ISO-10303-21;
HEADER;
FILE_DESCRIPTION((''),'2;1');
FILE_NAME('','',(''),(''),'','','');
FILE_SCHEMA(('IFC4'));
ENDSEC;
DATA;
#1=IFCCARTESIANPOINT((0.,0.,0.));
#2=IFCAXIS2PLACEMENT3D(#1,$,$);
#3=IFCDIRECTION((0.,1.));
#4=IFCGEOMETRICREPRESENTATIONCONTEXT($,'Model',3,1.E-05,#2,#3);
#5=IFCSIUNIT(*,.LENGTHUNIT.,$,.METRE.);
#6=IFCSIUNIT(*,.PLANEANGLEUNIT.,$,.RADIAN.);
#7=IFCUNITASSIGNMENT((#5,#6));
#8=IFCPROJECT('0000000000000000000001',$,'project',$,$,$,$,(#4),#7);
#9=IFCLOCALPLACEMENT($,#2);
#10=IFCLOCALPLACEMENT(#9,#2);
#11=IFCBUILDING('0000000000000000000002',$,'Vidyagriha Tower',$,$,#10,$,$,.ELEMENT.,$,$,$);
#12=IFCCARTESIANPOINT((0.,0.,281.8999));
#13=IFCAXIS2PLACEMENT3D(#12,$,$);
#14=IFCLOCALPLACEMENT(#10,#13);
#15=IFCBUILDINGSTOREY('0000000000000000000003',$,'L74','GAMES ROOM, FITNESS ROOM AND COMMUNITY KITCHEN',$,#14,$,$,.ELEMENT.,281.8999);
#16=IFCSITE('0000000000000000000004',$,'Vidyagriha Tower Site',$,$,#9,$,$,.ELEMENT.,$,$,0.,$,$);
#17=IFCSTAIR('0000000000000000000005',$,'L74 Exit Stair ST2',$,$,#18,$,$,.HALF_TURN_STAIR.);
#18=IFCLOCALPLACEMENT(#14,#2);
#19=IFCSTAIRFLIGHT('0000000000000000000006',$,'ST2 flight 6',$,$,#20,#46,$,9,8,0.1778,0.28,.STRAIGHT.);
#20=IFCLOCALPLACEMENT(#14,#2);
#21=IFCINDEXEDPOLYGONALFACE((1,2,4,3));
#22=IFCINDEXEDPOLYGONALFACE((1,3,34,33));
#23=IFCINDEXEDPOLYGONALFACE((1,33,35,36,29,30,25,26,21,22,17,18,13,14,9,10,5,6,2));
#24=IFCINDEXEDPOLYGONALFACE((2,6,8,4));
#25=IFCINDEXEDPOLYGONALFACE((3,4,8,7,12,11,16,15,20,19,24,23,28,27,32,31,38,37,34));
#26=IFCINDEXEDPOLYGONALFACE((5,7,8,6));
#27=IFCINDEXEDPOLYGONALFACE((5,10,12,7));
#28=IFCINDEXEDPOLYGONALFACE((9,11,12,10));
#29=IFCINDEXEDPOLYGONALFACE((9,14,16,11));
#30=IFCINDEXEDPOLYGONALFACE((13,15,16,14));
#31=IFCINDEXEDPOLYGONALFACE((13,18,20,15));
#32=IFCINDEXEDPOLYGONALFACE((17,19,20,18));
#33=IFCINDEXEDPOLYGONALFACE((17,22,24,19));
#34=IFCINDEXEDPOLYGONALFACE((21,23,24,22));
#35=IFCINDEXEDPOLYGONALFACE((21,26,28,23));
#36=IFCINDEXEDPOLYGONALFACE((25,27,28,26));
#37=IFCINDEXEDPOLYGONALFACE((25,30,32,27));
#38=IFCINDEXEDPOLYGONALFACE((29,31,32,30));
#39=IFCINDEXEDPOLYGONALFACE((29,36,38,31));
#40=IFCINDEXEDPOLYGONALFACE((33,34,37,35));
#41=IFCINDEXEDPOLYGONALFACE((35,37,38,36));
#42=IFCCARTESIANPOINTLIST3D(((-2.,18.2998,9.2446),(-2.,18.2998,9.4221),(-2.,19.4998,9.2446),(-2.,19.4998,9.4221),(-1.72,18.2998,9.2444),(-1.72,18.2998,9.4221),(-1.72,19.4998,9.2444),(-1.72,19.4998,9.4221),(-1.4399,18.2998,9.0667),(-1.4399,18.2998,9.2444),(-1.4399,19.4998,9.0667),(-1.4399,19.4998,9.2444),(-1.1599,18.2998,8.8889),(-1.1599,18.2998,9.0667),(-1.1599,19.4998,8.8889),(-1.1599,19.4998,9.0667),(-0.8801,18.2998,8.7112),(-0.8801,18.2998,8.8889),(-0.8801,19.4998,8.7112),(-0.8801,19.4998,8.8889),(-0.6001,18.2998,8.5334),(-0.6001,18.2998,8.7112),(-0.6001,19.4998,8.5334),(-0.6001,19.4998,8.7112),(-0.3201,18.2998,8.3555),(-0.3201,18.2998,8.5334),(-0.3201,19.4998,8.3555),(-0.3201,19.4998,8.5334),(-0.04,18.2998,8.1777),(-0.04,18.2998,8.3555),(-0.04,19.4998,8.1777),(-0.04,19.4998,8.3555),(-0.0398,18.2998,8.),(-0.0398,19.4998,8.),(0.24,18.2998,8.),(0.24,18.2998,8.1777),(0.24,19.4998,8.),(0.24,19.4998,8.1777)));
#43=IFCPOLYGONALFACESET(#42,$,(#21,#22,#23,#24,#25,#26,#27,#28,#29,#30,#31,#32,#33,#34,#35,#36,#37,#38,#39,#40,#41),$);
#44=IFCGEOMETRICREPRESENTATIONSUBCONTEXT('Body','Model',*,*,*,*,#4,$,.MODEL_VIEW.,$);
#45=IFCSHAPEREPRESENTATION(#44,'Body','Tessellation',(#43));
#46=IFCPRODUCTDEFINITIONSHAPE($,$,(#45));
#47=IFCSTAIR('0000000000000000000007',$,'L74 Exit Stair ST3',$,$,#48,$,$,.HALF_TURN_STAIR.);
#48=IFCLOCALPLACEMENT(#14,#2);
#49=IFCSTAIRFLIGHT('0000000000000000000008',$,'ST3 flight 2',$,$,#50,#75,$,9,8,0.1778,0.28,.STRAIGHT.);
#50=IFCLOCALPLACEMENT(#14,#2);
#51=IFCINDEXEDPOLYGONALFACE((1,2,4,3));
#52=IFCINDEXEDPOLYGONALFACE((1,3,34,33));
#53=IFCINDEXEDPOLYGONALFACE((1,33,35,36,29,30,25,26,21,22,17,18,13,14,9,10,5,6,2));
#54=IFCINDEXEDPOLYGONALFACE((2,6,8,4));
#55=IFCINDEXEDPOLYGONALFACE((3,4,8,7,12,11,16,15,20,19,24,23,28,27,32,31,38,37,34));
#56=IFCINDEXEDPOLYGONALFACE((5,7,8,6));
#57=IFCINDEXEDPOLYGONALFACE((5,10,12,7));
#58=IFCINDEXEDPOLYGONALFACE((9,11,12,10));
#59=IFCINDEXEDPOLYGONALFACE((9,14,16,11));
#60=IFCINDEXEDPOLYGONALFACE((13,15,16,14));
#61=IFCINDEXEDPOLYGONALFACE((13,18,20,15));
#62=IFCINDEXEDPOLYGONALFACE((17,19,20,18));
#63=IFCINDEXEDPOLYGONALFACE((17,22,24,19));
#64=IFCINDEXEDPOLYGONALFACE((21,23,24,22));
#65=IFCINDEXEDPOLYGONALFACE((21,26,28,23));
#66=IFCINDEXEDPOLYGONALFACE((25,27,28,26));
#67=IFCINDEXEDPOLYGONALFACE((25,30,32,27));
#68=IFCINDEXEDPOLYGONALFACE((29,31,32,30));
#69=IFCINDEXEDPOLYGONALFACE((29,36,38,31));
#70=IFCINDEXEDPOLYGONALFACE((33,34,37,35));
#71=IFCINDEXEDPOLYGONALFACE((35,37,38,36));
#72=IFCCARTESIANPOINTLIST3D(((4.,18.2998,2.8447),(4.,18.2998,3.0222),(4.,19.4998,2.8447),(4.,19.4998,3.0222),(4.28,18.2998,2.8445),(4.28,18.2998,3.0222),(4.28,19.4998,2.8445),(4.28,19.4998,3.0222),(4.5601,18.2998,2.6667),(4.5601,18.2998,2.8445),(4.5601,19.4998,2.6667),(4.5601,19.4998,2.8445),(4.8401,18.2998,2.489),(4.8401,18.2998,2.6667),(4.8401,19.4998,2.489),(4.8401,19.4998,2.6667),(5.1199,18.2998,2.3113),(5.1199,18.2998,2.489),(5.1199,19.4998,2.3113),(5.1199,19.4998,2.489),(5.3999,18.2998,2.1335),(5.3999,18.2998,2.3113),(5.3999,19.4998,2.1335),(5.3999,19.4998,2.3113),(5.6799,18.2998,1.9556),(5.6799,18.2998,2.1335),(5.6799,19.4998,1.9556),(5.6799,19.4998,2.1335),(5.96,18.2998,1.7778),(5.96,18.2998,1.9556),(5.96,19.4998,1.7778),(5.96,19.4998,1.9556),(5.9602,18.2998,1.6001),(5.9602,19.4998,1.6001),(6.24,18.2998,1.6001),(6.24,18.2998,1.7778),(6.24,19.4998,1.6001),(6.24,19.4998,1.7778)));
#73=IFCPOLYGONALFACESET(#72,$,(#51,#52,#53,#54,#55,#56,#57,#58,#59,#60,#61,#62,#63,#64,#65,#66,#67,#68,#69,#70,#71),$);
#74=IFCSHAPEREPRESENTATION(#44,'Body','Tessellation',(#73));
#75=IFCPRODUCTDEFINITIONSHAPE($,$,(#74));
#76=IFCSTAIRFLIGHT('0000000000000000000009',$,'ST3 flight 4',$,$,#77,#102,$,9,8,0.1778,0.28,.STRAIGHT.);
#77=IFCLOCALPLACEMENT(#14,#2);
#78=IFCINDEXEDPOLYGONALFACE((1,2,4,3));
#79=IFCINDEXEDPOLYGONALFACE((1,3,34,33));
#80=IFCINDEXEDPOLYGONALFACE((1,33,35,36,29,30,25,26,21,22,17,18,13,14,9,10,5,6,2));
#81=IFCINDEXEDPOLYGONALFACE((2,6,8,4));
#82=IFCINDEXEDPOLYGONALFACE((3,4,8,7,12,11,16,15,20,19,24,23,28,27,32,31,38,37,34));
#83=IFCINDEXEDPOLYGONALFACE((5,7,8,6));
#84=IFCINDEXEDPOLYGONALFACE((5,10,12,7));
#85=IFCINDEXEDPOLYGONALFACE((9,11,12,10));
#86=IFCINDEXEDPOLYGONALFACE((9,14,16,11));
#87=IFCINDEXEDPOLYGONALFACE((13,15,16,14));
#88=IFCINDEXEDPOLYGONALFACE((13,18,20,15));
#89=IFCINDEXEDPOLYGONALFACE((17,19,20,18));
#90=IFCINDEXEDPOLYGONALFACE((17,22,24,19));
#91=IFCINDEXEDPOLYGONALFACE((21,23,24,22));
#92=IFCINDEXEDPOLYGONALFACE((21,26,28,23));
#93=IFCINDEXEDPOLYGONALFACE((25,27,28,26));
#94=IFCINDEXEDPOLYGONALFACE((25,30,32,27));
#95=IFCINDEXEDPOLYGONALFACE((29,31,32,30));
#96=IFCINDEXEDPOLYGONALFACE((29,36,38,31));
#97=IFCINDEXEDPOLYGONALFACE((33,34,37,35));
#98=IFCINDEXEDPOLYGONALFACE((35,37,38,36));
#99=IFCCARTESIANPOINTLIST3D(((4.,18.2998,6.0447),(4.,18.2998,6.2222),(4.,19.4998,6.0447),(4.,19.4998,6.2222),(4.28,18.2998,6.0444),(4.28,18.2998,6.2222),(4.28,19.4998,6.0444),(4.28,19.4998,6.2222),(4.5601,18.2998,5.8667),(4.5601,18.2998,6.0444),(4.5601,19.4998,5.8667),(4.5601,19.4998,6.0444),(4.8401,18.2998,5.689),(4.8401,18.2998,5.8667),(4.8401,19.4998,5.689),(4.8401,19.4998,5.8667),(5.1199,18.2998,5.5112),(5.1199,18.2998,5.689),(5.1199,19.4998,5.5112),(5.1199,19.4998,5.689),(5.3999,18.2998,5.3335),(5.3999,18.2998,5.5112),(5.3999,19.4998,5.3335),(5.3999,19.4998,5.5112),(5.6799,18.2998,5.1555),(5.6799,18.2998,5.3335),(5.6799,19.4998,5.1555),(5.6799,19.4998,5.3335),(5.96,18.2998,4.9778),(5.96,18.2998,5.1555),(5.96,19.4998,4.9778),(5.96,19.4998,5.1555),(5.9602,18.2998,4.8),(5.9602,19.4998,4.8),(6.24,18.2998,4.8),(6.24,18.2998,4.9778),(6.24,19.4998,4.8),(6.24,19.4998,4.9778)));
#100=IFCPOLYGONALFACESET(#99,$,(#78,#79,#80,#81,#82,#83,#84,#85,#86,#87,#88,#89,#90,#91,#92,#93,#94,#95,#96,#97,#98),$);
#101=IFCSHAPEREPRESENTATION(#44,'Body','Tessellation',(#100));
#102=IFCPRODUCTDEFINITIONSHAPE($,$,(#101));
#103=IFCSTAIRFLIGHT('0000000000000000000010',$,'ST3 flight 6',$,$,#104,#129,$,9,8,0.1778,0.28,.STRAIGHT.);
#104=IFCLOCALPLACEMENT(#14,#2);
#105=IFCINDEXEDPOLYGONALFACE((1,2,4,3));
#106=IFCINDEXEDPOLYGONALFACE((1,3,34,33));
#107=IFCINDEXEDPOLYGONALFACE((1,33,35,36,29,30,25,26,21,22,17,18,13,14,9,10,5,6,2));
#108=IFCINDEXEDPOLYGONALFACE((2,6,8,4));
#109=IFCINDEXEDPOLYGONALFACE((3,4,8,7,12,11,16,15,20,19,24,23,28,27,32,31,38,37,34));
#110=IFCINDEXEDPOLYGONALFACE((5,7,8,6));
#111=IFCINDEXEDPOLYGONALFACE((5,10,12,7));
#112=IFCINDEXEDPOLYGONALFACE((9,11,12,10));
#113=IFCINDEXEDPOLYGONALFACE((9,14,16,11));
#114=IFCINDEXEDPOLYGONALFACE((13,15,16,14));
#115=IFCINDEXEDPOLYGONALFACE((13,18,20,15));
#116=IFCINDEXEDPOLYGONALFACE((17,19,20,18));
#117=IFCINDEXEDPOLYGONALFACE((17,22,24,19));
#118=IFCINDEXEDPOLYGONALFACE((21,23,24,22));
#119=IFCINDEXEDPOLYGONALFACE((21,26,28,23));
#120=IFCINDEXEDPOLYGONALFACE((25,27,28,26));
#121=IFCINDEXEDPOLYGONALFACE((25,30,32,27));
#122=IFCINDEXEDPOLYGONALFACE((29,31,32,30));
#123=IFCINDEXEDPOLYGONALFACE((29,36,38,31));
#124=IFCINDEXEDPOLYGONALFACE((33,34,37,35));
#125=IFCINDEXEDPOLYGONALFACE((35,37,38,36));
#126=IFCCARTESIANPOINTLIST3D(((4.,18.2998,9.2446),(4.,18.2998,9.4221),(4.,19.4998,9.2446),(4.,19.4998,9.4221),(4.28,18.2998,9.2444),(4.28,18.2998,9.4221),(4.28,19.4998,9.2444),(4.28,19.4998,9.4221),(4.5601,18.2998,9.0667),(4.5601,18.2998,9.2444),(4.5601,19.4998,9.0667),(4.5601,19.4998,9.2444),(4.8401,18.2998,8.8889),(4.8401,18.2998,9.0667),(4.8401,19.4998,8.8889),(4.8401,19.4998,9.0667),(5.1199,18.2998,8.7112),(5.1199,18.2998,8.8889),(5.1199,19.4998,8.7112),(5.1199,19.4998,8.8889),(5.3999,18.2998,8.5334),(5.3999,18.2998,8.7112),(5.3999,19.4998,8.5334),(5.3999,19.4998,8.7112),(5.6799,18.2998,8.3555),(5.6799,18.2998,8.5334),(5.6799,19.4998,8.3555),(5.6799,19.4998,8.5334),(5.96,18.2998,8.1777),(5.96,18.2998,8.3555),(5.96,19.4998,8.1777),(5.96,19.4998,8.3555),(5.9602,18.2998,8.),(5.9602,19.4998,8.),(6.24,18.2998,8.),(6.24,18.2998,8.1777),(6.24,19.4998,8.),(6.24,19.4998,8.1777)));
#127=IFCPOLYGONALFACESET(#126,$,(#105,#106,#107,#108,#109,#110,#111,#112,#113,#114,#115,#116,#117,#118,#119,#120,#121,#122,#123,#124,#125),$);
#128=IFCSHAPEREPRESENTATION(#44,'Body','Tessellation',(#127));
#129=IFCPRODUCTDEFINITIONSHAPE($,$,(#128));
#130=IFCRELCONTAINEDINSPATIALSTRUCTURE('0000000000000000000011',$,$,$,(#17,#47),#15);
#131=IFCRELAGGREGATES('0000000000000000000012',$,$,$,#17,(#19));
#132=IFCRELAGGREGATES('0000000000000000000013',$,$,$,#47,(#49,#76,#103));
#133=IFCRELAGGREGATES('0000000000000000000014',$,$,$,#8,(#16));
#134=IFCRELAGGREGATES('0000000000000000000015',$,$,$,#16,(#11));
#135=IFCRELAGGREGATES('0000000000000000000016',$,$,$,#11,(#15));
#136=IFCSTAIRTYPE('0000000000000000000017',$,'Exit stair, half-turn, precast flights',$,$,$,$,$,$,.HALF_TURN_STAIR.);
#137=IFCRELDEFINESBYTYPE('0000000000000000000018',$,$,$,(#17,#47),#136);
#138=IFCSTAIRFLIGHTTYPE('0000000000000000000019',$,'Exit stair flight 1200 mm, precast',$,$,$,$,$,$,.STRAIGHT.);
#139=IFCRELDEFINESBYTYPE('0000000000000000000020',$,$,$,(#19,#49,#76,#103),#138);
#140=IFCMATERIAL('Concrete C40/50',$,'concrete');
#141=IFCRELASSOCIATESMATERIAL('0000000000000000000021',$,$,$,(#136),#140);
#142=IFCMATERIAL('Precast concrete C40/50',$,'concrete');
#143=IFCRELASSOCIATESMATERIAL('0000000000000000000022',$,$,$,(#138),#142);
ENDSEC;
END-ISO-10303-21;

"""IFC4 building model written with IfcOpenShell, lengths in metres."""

from ifc_helpers import new_model, si_unit, direction, frame, origin, place, context, subcontext, project, spatial, polyline, outline, extrude, material, type_object, element, aggregate, save


model = new_model("IFC4")

# Units and contexts
model_context = context("Model", 3, precision=1e-05, world=origin(), true_north=direction((0.0, 1.0)))
body_context = subcontext(model_context, "Body", "Model", "MODEL_VIEW")
ifc_project = project(units=[si_unit("LENGTHUNIT", "METRE"), si_unit("PLANEANGLEUNIT", "RADIAN")], contexts=[model_context])

# Site, building, storey
site_placement = place(None, origin())
site = spatial("IfcSite", under=ifc_project, at=site_placement, Name="Vidyagriha Tower Site", CompositionType="ELEMENT", RefElevation=0.0)
building_placement = place(site_placement, origin())
building = spatial("IfcBuilding", under=site, at=building_placement, Name="Vidyagriha Tower", CompositionType="ELEMENT")
storey_placement = place(building_placement, frame((0.0, 0.0, 281.8999)))
storey = spatial("IfcBuildingStorey", under=building, at=storey_placement, Name="L74", Description="GAMES ROOM, FITNESS ROOM AND COMMUNITY KITCHEN", CompositionType="ELEMENT", Elevation=281.8999)

# Stairs, stair flights
ifc_material_1 = material(Name="Concrete C40/50", Category="concrete")
stair_type = type_object("IfcStairType", Name="Exit stair, half-turn, precast flights", PredefinedType="HALF_TURN_STAIR", material=ifc_material_1)
stair_1_placement = place(storey_placement, origin())
stair_1 = element("IfcStair", 1, at=stair_1_placement, inside=storey, type_object=stair_type, Name="L74 Exit Stair ST2", PredefinedType="HALF_TURN_STAIR")
ifc_material_2 = material(Name="Precast concrete C40/50", Category="concrete")
stair_flight_type = type_object("IfcStairFlightType", Name="Exit stair flight 1200 mm, precast", PredefinedType="STRAIGHT", material=ifc_material_2)
stair_flight_1_placement = place(storey_placement, frame((0.24, 18.8999, 8.0), z_axis=(0.0, 0.0, 1.0), x_axis=(-1.0, 0.0, 0.0)))
stair_flight_1 = element("IfcStairFlight", 2, at=stair_flight_1_placement, type_object=stair_flight_type, Name="ST2 flight 6", NumberOfRisers=9, NumberOfTreads=8, PredefinedType="STRAIGHT", RiserHeight=0.1778, TreadLength=0.28, context=body_context, shape_type="SweptSolid", body=[
    extrude(outline(polyline([(0.0, 0.0), (0.0, 0.1777), (0.28, 0.1777), (0.28, 0.3555), (0.5601, 0.3555), (0.5601, 0.5334), (0.8401, 0.5334), (0.8401, 0.7112), (1.1201, 0.7112), (1.1201, 0.8889), (1.3999, 0.8889), (1.3999, 1.0667), (1.6799, 1.0667), (1.6799, 1.2444), (1.96, 1.2444), (1.96, 1.4221), (2.24, 1.4221), (2.24, 1.6001), (2.24, 1.2446), (0.2798, 0.0), (0.0, 0.0)])), frame((0.0, 0.6001, 0.0), z_axis=(0.0, -1.0, 0.0), x_axis=(1.0, 0.0, 0.0)), (0.0, 0.0, 1.0), 1.2),
])
aggregate(stair_1, [stair_flight_1])
stair_2_placement = place(storey_placement, origin())
stair_2 = element("IfcStair", 3, at=stair_2_placement, inside=storey, type_object=stair_type, Name="L74 Exit Stair ST3", PredefinedType="HALF_TURN_STAIR")
stair_flight_2_placement = place(storey_placement, frame((6.24, 18.8999, 1.6001), z_axis=(0.0, 0.0, 1.0), x_axis=(-1.0, 0.0, 0.0)))
stair_flight_2 = element("IfcStairFlight", 4, at=stair_flight_2_placement, type_object=stair_flight_type, Name="ST3 flight 2", NumberOfRisers=9, NumberOfTreads=8, PredefinedType="STRAIGHT", RiserHeight=0.1778, TreadLength=0.28, context=body_context, shape_type="SweptSolid", body=[
    extrude(outline(polyline([(0.0, 0.0), (0.0, 0.1777), (0.28, 0.1777), (0.28, 0.3555), (0.5601, 0.3555), (0.5601, 0.5334), (0.8401, 0.5334), (0.8401, 0.7112), (1.1201, 0.7112), (1.1201, 0.8889), (1.3999, 0.8889), (1.3999, 1.0667), (1.6799, 1.0667), (1.6799, 1.2444), (1.96, 1.2444), (1.96, 1.4221), (2.24, 1.4221), (2.24, 1.6001), (2.24, 1.2446), (0.2798, 0.0), (0.0, 0.0)])), frame((0.0, 0.6001, 0.0), z_axis=(0.0, -1.0, 0.0), x_axis=(1.0, 0.0, 0.0)), (0.0, 0.0, 1.0), 1.2),
])
stair_flight_3_placement = place(storey_placement, frame((6.24, 18.8999, 4.8), z_axis=(0.0, 0.0, 1.0), x_axis=(-1.0, 0.0, 0.0)))
stair_flight_3 = element("IfcStairFlight", 5, at=stair_flight_3_placement, type_object=stair_flight_type, Name="ST3 flight 4", NumberOfRisers=9, NumberOfTreads=8, PredefinedType="STRAIGHT", RiserHeight=0.1778, TreadLength=0.28, context=body_context, shape_type="SweptSolid", body=[
    extrude(outline(polyline([(0.0, 0.0), (0.0, 0.1777), (0.28, 0.1777), (0.28, 0.3555), (0.5601, 0.3555), (0.5601, 0.5334), (0.8401, 0.5334), (0.8401, 0.7112), (1.1201, 0.7112), (1.1201, 0.8889), (1.3999, 0.8889), (1.3999, 1.0667), (1.6799, 1.0667), (1.6799, 1.2444), (1.96, 1.2444), (1.96, 1.4221), (2.24, 1.4221), (2.24, 1.6001), (2.24, 1.2446), (0.2798, 0.0), (0.0, 0.0)])), frame((0.0, 0.6001, 0.0), z_axis=(0.0, -1.0, 0.0), x_axis=(1.0, 0.0, 0.0)), (0.0, 0.0, 1.0), 1.2),
])
stair_flight_4_placement = place(storey_placement, frame((6.24, 18.8999, 8.0), z_axis=(0.0, 0.0, 1.0), x_axis=(-1.0, 0.0, 0.0)))
stair_flight_4 = element("IfcStairFlight", 6, at=stair_flight_4_placement, type_object=stair_flight_type, Name="ST3 flight 6", NumberOfRisers=9, NumberOfTreads=8, PredefinedType="STRAIGHT", RiserHeight=0.1778, TreadLength=0.28, context=body_context, shape_type="SweptSolid", body=[
    extrude(outline(polyline([(0.0, 0.0), (0.0, 0.1777), (0.28, 0.1777), (0.28, 0.3555), (0.5601, 0.3555), (0.5601, 0.5334), (0.8401, 0.5334), (0.8401, 0.7112), (1.1201, 0.7112), (1.1201, 0.8889), (1.3999, 0.8889), (1.3999, 1.0667), (1.6799, 1.0667), (1.6799, 1.2444), (1.96, 1.2444), (1.96, 1.4221), (2.24, 1.4221), (2.24, 1.6001), (2.24, 1.2446), (0.2798, 0.0), (0.0, 0.0)])), frame((0.0, 0.6001, 0.0), z_axis=(0.0, -1.0, 0.0), x_axis=(1.0, 0.0, 0.0)), (0.0, 0.0, 1.0), 1.2),
])
aggregate(stair_2, [stair_flight_2, stair_flight_3, stair_flight_4])

save(model, "model.ifc")
